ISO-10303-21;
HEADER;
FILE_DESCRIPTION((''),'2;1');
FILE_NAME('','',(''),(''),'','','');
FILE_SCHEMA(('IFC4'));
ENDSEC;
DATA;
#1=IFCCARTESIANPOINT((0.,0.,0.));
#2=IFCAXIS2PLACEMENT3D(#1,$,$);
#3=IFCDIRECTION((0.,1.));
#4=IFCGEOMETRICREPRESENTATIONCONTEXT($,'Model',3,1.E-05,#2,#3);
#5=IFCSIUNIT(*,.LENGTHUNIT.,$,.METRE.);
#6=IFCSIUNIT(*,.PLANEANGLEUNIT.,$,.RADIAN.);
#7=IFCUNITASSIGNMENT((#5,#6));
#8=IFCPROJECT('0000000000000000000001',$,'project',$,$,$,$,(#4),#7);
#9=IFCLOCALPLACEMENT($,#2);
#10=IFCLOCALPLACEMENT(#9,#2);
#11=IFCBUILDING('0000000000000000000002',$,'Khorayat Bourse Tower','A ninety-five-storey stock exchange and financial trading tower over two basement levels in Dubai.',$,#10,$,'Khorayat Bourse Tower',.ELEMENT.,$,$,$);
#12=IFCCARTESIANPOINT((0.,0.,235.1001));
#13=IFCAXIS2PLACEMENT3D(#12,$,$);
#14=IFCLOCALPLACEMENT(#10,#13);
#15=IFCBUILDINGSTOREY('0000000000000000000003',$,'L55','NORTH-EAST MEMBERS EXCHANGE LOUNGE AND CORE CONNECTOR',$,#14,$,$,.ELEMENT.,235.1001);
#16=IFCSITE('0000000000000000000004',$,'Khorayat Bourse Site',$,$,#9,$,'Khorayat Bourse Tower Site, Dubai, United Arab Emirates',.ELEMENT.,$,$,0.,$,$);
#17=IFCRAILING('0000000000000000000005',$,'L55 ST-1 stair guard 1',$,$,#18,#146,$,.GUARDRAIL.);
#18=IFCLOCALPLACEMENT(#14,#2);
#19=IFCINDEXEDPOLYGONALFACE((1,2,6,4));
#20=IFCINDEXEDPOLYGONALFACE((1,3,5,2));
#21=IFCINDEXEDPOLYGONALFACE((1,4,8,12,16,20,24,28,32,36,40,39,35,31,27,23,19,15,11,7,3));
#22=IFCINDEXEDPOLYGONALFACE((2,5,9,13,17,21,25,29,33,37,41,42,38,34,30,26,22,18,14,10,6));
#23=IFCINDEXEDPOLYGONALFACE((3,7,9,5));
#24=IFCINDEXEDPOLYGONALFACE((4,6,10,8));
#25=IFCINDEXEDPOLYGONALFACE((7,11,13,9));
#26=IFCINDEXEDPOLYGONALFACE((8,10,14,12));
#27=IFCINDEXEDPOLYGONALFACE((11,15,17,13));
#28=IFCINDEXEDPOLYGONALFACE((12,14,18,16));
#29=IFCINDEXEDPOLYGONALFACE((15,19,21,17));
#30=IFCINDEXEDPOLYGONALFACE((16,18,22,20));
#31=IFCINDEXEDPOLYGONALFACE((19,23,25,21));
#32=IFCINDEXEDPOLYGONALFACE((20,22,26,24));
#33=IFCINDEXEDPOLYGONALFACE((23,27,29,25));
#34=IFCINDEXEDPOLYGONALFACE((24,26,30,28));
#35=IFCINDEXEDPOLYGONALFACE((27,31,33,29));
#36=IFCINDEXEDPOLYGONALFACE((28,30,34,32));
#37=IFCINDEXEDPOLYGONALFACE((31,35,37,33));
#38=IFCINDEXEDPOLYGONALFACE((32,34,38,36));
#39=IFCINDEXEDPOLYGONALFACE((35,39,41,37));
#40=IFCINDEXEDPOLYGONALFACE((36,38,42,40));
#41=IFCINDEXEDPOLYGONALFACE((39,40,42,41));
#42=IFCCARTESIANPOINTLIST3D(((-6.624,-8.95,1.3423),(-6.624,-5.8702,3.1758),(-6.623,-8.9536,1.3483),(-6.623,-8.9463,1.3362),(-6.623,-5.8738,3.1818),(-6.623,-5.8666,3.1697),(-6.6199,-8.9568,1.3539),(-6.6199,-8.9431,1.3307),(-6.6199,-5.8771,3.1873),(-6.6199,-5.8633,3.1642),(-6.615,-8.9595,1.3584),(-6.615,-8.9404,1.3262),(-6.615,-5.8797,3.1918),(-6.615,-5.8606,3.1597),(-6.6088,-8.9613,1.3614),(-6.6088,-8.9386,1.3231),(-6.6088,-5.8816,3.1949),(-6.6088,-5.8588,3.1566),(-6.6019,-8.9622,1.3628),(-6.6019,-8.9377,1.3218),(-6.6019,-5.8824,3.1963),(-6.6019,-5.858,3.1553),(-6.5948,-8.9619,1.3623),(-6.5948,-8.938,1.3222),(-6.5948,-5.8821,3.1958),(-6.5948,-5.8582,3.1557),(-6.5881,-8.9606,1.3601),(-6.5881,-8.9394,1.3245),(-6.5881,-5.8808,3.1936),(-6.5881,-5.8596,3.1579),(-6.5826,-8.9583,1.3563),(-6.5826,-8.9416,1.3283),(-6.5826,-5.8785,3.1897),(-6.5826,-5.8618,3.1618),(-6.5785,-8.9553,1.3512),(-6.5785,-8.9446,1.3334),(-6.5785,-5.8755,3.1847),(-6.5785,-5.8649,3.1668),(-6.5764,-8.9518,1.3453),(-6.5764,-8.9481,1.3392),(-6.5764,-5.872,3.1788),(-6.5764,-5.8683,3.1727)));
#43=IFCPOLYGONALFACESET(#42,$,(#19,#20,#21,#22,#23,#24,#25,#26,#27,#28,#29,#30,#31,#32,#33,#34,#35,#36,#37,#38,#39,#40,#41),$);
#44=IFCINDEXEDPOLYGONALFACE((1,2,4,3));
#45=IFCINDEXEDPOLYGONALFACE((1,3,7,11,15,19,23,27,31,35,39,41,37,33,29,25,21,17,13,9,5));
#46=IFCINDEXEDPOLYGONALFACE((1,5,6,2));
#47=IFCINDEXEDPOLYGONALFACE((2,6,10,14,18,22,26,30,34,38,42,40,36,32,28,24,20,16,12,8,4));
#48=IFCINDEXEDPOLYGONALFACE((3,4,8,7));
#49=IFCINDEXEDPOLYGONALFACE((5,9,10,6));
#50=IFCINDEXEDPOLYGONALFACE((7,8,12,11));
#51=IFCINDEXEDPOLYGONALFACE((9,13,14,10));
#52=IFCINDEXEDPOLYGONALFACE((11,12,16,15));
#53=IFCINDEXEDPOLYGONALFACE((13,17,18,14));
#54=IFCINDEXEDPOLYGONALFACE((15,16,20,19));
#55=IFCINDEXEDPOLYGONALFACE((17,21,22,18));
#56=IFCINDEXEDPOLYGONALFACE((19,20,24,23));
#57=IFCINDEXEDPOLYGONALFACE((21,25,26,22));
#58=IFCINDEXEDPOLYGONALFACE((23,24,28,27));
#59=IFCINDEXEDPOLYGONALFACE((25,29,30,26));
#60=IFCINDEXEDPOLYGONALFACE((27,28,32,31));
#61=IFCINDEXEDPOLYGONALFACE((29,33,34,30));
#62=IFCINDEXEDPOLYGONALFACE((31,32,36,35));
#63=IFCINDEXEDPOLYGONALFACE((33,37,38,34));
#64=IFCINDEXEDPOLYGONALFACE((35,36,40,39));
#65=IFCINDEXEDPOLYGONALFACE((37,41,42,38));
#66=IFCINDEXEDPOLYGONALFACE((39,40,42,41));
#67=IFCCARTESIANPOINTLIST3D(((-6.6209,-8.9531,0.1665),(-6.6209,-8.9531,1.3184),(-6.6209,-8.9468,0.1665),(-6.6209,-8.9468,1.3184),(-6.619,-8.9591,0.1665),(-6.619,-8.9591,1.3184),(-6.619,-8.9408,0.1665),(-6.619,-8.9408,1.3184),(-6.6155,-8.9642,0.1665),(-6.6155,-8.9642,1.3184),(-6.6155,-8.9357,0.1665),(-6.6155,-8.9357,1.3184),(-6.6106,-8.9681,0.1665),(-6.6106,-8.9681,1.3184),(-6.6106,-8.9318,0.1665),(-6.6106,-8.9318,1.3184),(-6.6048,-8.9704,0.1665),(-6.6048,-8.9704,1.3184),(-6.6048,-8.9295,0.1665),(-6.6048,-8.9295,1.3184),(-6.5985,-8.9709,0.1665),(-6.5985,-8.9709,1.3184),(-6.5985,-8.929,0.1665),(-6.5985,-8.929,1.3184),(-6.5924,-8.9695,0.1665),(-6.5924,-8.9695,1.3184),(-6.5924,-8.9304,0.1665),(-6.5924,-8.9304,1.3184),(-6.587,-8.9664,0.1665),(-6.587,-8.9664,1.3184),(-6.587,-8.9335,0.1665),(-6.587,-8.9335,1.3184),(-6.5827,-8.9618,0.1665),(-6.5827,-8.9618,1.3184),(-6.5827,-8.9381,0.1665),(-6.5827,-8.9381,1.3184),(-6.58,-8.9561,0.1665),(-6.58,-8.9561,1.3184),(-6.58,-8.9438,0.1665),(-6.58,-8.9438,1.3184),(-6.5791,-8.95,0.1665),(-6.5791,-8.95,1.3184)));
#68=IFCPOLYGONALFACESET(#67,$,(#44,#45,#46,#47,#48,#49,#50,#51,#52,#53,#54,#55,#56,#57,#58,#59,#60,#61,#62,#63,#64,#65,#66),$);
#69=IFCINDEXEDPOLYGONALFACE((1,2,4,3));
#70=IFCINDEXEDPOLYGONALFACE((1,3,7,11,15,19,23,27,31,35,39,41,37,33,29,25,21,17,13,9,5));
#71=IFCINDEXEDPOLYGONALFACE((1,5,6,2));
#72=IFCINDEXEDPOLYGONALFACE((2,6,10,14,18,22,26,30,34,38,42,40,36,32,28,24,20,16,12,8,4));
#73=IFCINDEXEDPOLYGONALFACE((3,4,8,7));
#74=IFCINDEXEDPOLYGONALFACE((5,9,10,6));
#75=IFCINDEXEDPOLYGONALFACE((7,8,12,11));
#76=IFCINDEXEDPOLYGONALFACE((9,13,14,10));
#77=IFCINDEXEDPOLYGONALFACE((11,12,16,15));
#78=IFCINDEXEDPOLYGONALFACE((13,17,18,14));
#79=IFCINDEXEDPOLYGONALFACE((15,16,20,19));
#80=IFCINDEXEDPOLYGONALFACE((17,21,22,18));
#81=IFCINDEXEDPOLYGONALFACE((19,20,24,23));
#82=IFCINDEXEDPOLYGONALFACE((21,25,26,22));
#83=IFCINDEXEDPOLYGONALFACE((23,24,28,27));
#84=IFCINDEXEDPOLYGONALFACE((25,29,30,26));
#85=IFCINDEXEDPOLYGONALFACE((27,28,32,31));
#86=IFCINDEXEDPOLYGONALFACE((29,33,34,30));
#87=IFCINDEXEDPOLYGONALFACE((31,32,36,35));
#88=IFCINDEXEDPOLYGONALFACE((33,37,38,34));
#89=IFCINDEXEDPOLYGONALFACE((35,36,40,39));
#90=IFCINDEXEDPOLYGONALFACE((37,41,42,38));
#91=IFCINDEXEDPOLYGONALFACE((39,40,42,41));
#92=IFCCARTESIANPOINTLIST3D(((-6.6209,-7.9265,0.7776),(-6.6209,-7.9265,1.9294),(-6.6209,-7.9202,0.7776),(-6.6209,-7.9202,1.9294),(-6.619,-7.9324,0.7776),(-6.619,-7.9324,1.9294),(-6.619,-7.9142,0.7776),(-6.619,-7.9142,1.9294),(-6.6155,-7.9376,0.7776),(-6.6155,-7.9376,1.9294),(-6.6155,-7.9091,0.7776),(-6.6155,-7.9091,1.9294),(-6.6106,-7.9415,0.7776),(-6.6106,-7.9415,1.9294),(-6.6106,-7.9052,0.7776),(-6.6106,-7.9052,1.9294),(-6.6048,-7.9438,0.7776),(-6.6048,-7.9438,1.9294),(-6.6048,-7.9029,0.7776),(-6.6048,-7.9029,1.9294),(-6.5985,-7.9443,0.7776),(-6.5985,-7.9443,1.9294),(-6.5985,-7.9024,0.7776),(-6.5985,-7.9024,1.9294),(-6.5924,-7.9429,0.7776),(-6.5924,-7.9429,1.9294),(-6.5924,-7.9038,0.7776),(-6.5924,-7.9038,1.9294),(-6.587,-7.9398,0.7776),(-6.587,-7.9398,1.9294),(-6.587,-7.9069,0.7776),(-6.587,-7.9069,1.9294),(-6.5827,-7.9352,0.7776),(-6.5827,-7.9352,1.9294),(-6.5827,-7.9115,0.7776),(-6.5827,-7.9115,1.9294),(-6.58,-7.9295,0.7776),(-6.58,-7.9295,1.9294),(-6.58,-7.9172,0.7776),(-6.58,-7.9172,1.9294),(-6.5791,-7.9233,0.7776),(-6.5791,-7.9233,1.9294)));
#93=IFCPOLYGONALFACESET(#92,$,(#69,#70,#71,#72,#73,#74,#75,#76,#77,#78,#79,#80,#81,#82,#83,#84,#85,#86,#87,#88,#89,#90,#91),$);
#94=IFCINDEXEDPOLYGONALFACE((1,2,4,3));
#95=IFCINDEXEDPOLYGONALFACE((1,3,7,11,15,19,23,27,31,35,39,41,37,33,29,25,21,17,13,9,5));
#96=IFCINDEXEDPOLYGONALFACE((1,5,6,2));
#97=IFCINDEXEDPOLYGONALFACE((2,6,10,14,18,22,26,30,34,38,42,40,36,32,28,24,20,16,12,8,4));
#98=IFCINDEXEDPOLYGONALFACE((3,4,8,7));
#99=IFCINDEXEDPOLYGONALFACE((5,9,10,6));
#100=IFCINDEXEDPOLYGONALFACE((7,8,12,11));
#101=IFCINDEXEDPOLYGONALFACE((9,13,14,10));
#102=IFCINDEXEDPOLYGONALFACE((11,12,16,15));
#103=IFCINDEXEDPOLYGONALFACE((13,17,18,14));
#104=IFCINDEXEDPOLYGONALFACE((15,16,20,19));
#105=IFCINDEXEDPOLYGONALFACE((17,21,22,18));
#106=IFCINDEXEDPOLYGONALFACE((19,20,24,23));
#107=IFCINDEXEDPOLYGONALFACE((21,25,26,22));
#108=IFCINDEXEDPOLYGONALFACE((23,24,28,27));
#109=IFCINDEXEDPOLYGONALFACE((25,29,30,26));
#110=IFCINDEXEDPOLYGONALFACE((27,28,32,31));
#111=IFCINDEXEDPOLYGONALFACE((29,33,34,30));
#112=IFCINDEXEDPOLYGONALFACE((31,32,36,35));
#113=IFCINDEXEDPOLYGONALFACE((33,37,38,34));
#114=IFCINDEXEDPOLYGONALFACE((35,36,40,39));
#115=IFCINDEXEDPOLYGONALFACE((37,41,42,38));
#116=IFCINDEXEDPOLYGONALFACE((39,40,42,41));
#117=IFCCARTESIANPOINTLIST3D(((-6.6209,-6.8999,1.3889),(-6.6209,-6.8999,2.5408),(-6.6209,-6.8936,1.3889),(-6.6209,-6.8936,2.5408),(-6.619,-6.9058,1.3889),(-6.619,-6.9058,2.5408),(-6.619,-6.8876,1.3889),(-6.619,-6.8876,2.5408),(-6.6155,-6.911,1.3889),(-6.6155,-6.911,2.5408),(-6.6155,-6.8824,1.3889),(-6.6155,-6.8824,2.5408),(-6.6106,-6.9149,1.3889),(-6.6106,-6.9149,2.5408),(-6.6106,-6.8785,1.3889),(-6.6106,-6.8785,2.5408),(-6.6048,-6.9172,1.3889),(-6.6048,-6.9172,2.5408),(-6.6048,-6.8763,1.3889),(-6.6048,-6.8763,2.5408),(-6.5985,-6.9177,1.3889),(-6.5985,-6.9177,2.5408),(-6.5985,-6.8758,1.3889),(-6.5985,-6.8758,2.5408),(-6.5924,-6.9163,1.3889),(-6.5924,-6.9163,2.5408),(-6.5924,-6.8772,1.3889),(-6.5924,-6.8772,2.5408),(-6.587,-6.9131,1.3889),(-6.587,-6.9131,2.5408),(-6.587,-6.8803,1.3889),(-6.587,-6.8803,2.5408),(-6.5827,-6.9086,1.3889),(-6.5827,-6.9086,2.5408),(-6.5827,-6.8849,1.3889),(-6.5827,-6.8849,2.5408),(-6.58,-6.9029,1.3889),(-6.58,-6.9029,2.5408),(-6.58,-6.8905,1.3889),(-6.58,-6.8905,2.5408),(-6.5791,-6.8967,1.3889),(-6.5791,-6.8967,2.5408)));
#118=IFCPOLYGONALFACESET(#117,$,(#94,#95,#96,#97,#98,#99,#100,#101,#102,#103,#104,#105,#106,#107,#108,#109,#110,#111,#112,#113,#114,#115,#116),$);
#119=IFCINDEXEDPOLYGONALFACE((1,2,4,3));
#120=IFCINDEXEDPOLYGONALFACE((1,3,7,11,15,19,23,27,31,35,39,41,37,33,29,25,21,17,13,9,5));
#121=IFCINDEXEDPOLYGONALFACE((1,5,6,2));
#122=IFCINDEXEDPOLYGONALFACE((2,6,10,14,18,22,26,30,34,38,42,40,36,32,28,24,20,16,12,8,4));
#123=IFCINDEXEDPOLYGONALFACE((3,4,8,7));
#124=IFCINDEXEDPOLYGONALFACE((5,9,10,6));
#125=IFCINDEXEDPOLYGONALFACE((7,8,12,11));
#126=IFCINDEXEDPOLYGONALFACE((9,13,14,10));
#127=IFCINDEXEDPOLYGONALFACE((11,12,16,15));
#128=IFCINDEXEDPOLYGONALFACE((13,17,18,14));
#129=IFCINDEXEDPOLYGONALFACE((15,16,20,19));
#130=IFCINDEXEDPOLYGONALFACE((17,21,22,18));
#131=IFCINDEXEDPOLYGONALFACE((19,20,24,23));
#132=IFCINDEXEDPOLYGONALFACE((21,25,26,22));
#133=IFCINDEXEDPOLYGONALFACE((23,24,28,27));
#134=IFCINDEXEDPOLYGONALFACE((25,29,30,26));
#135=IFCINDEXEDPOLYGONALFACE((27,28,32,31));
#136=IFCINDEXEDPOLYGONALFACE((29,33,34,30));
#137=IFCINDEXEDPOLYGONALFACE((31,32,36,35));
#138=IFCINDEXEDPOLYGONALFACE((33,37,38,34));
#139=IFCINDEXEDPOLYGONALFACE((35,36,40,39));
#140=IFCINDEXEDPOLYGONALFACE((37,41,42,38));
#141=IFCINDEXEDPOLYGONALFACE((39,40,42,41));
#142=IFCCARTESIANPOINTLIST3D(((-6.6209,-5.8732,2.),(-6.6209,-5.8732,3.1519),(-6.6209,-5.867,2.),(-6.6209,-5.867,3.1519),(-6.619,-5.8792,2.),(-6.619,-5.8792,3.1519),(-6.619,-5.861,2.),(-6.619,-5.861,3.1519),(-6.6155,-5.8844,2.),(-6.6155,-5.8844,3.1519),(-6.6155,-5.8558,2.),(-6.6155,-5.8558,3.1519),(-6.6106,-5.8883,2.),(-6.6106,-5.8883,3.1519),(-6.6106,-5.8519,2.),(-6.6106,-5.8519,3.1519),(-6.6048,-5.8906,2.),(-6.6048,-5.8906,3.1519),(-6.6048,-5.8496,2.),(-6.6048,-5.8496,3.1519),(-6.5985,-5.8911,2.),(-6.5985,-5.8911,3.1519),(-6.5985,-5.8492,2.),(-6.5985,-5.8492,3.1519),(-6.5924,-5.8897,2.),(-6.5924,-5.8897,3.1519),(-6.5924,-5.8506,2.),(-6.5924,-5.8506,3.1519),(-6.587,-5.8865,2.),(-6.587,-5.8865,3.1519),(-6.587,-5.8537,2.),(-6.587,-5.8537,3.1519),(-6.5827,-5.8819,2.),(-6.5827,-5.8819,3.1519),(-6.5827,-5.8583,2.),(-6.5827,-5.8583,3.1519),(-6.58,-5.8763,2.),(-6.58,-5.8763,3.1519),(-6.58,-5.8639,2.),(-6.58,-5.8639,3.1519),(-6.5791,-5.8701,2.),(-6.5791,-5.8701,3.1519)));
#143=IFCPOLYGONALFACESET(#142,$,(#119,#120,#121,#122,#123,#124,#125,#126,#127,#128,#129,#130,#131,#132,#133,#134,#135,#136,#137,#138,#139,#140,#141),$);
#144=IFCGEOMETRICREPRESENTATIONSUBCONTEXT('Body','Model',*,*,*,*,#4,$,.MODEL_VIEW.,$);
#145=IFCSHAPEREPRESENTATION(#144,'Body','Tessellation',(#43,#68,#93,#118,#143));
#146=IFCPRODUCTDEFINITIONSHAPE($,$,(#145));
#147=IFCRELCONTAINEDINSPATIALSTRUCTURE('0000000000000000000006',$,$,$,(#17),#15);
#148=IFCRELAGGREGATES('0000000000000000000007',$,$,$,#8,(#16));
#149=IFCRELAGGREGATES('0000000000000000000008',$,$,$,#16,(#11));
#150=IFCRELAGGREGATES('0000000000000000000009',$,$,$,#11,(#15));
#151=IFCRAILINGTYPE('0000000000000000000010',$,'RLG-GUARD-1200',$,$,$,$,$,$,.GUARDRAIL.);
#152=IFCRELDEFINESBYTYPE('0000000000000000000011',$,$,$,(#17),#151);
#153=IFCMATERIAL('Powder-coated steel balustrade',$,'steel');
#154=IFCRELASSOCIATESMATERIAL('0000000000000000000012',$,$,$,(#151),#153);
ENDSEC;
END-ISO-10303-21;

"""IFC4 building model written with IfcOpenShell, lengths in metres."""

from ifc_helpers import new_model, si_unit, direction, frame, origin, origin_2d, place, context, subcontext, project, spatial, circle, extrude, source, transform, mapped, material, type_object, element, save


model = new_model("IFC4")

# Units and contexts
model_context = context("Model", 3, precision=1e-05, world=origin(), true_north=direction((0.0, 1.0)))
body_context = subcontext(model_context, "Body", "Model", "MODEL_VIEW")
ifc_project = project(units=[si_unit("LENGTHUNIT", "METRE"), si_unit("PLANEANGLEUNIT", "RADIAN")], contexts=[model_context])

# Site, building, storey
site_placement = place(None, origin())
site = spatial("IfcSite", under=ifc_project, at=site_placement, Name="Khorayat Bourse Site", LongName="Khorayat Bourse Tower Site, Dubai, United Arab Emirates", CompositionType="ELEMENT", RefElevation=0.0)
building_placement = place(site_placement, origin())
building = spatial("IfcBuilding", under=site, at=building_placement, Name="Khorayat Bourse Tower", Description="A ninety-five-storey stock exchange and financial trading tower over two basement levels in Dubai.", LongName="Khorayat Bourse Tower", CompositionType="ELEMENT")
storey_placement = place(building_placement, frame((0.0, 0.0, 235.1001)))
storey = spatial("IfcBuildingStorey", under=building, at=storey_placement, Name="L55", Description="NORTH-EAST MEMBERS EXCHANGE LOUNGE AND CORE CONNECTOR", CompositionType="ELEMENT", Elevation=235.1001)

# Railing
ifc_material_1 = material(Name="Powder-coated steel balustrade", Category="steel")
railing_type_1 = type_object("IfcRailingType", Name="RLG-GUARD-1200", PredefinedType="GUARDRAIL", material=ifc_material_1)
shared_shape_1 = source(origin(), body_context, "Body", "SweptSolid", [
    extrude(circle(Radius=0.0239, at=origin_2d()), frame((0.0, 0.0, 1.1758), z_axis=(0.0, 0.859261, 0.511538), x_axis=(-1.0, 0.0, 0.0)), (0.0, 0.0, 1.0), 3.5842),
    extrude(circle(Radius=0.021, at=origin_2d()), origin(), (0.0, 0.0, 1.0), 1.1519),
    extrude(circle(Radius=0.021, at=origin_2d()), frame((0.0, 1.0266, 0.6111)), (0.0, 0.0, 1.0), 1.1519),
    extrude(circle(Radius=0.021, at=origin_2d()), frame((0.0, 2.0532, 1.2224)), (0.0, 0.0, 1.0), 1.1519),
    extrude(circle(Radius=0.021, at=origin_2d()), frame((0.0, 3.0798, 1.8335)), (0.0, 0.0, 1.0), 1.1519),
])
railing_1_placement = place(storey_placement, frame((-6.6001, -8.95, 0.1665)))
element("IfcRailing", 1, at=railing_1_placement, inside=storey, type_object=railing_type_1, Name="L55 ST-1 stair guard 1", PredefinedType="GUARDRAIL", context=body_context, shape_type="MappedRepresentation", body=[
    mapped(shared_shape_1, transform((0.0, 0.0, 0.0), scale=1.0)),
])

save(model, "model.ifc")
